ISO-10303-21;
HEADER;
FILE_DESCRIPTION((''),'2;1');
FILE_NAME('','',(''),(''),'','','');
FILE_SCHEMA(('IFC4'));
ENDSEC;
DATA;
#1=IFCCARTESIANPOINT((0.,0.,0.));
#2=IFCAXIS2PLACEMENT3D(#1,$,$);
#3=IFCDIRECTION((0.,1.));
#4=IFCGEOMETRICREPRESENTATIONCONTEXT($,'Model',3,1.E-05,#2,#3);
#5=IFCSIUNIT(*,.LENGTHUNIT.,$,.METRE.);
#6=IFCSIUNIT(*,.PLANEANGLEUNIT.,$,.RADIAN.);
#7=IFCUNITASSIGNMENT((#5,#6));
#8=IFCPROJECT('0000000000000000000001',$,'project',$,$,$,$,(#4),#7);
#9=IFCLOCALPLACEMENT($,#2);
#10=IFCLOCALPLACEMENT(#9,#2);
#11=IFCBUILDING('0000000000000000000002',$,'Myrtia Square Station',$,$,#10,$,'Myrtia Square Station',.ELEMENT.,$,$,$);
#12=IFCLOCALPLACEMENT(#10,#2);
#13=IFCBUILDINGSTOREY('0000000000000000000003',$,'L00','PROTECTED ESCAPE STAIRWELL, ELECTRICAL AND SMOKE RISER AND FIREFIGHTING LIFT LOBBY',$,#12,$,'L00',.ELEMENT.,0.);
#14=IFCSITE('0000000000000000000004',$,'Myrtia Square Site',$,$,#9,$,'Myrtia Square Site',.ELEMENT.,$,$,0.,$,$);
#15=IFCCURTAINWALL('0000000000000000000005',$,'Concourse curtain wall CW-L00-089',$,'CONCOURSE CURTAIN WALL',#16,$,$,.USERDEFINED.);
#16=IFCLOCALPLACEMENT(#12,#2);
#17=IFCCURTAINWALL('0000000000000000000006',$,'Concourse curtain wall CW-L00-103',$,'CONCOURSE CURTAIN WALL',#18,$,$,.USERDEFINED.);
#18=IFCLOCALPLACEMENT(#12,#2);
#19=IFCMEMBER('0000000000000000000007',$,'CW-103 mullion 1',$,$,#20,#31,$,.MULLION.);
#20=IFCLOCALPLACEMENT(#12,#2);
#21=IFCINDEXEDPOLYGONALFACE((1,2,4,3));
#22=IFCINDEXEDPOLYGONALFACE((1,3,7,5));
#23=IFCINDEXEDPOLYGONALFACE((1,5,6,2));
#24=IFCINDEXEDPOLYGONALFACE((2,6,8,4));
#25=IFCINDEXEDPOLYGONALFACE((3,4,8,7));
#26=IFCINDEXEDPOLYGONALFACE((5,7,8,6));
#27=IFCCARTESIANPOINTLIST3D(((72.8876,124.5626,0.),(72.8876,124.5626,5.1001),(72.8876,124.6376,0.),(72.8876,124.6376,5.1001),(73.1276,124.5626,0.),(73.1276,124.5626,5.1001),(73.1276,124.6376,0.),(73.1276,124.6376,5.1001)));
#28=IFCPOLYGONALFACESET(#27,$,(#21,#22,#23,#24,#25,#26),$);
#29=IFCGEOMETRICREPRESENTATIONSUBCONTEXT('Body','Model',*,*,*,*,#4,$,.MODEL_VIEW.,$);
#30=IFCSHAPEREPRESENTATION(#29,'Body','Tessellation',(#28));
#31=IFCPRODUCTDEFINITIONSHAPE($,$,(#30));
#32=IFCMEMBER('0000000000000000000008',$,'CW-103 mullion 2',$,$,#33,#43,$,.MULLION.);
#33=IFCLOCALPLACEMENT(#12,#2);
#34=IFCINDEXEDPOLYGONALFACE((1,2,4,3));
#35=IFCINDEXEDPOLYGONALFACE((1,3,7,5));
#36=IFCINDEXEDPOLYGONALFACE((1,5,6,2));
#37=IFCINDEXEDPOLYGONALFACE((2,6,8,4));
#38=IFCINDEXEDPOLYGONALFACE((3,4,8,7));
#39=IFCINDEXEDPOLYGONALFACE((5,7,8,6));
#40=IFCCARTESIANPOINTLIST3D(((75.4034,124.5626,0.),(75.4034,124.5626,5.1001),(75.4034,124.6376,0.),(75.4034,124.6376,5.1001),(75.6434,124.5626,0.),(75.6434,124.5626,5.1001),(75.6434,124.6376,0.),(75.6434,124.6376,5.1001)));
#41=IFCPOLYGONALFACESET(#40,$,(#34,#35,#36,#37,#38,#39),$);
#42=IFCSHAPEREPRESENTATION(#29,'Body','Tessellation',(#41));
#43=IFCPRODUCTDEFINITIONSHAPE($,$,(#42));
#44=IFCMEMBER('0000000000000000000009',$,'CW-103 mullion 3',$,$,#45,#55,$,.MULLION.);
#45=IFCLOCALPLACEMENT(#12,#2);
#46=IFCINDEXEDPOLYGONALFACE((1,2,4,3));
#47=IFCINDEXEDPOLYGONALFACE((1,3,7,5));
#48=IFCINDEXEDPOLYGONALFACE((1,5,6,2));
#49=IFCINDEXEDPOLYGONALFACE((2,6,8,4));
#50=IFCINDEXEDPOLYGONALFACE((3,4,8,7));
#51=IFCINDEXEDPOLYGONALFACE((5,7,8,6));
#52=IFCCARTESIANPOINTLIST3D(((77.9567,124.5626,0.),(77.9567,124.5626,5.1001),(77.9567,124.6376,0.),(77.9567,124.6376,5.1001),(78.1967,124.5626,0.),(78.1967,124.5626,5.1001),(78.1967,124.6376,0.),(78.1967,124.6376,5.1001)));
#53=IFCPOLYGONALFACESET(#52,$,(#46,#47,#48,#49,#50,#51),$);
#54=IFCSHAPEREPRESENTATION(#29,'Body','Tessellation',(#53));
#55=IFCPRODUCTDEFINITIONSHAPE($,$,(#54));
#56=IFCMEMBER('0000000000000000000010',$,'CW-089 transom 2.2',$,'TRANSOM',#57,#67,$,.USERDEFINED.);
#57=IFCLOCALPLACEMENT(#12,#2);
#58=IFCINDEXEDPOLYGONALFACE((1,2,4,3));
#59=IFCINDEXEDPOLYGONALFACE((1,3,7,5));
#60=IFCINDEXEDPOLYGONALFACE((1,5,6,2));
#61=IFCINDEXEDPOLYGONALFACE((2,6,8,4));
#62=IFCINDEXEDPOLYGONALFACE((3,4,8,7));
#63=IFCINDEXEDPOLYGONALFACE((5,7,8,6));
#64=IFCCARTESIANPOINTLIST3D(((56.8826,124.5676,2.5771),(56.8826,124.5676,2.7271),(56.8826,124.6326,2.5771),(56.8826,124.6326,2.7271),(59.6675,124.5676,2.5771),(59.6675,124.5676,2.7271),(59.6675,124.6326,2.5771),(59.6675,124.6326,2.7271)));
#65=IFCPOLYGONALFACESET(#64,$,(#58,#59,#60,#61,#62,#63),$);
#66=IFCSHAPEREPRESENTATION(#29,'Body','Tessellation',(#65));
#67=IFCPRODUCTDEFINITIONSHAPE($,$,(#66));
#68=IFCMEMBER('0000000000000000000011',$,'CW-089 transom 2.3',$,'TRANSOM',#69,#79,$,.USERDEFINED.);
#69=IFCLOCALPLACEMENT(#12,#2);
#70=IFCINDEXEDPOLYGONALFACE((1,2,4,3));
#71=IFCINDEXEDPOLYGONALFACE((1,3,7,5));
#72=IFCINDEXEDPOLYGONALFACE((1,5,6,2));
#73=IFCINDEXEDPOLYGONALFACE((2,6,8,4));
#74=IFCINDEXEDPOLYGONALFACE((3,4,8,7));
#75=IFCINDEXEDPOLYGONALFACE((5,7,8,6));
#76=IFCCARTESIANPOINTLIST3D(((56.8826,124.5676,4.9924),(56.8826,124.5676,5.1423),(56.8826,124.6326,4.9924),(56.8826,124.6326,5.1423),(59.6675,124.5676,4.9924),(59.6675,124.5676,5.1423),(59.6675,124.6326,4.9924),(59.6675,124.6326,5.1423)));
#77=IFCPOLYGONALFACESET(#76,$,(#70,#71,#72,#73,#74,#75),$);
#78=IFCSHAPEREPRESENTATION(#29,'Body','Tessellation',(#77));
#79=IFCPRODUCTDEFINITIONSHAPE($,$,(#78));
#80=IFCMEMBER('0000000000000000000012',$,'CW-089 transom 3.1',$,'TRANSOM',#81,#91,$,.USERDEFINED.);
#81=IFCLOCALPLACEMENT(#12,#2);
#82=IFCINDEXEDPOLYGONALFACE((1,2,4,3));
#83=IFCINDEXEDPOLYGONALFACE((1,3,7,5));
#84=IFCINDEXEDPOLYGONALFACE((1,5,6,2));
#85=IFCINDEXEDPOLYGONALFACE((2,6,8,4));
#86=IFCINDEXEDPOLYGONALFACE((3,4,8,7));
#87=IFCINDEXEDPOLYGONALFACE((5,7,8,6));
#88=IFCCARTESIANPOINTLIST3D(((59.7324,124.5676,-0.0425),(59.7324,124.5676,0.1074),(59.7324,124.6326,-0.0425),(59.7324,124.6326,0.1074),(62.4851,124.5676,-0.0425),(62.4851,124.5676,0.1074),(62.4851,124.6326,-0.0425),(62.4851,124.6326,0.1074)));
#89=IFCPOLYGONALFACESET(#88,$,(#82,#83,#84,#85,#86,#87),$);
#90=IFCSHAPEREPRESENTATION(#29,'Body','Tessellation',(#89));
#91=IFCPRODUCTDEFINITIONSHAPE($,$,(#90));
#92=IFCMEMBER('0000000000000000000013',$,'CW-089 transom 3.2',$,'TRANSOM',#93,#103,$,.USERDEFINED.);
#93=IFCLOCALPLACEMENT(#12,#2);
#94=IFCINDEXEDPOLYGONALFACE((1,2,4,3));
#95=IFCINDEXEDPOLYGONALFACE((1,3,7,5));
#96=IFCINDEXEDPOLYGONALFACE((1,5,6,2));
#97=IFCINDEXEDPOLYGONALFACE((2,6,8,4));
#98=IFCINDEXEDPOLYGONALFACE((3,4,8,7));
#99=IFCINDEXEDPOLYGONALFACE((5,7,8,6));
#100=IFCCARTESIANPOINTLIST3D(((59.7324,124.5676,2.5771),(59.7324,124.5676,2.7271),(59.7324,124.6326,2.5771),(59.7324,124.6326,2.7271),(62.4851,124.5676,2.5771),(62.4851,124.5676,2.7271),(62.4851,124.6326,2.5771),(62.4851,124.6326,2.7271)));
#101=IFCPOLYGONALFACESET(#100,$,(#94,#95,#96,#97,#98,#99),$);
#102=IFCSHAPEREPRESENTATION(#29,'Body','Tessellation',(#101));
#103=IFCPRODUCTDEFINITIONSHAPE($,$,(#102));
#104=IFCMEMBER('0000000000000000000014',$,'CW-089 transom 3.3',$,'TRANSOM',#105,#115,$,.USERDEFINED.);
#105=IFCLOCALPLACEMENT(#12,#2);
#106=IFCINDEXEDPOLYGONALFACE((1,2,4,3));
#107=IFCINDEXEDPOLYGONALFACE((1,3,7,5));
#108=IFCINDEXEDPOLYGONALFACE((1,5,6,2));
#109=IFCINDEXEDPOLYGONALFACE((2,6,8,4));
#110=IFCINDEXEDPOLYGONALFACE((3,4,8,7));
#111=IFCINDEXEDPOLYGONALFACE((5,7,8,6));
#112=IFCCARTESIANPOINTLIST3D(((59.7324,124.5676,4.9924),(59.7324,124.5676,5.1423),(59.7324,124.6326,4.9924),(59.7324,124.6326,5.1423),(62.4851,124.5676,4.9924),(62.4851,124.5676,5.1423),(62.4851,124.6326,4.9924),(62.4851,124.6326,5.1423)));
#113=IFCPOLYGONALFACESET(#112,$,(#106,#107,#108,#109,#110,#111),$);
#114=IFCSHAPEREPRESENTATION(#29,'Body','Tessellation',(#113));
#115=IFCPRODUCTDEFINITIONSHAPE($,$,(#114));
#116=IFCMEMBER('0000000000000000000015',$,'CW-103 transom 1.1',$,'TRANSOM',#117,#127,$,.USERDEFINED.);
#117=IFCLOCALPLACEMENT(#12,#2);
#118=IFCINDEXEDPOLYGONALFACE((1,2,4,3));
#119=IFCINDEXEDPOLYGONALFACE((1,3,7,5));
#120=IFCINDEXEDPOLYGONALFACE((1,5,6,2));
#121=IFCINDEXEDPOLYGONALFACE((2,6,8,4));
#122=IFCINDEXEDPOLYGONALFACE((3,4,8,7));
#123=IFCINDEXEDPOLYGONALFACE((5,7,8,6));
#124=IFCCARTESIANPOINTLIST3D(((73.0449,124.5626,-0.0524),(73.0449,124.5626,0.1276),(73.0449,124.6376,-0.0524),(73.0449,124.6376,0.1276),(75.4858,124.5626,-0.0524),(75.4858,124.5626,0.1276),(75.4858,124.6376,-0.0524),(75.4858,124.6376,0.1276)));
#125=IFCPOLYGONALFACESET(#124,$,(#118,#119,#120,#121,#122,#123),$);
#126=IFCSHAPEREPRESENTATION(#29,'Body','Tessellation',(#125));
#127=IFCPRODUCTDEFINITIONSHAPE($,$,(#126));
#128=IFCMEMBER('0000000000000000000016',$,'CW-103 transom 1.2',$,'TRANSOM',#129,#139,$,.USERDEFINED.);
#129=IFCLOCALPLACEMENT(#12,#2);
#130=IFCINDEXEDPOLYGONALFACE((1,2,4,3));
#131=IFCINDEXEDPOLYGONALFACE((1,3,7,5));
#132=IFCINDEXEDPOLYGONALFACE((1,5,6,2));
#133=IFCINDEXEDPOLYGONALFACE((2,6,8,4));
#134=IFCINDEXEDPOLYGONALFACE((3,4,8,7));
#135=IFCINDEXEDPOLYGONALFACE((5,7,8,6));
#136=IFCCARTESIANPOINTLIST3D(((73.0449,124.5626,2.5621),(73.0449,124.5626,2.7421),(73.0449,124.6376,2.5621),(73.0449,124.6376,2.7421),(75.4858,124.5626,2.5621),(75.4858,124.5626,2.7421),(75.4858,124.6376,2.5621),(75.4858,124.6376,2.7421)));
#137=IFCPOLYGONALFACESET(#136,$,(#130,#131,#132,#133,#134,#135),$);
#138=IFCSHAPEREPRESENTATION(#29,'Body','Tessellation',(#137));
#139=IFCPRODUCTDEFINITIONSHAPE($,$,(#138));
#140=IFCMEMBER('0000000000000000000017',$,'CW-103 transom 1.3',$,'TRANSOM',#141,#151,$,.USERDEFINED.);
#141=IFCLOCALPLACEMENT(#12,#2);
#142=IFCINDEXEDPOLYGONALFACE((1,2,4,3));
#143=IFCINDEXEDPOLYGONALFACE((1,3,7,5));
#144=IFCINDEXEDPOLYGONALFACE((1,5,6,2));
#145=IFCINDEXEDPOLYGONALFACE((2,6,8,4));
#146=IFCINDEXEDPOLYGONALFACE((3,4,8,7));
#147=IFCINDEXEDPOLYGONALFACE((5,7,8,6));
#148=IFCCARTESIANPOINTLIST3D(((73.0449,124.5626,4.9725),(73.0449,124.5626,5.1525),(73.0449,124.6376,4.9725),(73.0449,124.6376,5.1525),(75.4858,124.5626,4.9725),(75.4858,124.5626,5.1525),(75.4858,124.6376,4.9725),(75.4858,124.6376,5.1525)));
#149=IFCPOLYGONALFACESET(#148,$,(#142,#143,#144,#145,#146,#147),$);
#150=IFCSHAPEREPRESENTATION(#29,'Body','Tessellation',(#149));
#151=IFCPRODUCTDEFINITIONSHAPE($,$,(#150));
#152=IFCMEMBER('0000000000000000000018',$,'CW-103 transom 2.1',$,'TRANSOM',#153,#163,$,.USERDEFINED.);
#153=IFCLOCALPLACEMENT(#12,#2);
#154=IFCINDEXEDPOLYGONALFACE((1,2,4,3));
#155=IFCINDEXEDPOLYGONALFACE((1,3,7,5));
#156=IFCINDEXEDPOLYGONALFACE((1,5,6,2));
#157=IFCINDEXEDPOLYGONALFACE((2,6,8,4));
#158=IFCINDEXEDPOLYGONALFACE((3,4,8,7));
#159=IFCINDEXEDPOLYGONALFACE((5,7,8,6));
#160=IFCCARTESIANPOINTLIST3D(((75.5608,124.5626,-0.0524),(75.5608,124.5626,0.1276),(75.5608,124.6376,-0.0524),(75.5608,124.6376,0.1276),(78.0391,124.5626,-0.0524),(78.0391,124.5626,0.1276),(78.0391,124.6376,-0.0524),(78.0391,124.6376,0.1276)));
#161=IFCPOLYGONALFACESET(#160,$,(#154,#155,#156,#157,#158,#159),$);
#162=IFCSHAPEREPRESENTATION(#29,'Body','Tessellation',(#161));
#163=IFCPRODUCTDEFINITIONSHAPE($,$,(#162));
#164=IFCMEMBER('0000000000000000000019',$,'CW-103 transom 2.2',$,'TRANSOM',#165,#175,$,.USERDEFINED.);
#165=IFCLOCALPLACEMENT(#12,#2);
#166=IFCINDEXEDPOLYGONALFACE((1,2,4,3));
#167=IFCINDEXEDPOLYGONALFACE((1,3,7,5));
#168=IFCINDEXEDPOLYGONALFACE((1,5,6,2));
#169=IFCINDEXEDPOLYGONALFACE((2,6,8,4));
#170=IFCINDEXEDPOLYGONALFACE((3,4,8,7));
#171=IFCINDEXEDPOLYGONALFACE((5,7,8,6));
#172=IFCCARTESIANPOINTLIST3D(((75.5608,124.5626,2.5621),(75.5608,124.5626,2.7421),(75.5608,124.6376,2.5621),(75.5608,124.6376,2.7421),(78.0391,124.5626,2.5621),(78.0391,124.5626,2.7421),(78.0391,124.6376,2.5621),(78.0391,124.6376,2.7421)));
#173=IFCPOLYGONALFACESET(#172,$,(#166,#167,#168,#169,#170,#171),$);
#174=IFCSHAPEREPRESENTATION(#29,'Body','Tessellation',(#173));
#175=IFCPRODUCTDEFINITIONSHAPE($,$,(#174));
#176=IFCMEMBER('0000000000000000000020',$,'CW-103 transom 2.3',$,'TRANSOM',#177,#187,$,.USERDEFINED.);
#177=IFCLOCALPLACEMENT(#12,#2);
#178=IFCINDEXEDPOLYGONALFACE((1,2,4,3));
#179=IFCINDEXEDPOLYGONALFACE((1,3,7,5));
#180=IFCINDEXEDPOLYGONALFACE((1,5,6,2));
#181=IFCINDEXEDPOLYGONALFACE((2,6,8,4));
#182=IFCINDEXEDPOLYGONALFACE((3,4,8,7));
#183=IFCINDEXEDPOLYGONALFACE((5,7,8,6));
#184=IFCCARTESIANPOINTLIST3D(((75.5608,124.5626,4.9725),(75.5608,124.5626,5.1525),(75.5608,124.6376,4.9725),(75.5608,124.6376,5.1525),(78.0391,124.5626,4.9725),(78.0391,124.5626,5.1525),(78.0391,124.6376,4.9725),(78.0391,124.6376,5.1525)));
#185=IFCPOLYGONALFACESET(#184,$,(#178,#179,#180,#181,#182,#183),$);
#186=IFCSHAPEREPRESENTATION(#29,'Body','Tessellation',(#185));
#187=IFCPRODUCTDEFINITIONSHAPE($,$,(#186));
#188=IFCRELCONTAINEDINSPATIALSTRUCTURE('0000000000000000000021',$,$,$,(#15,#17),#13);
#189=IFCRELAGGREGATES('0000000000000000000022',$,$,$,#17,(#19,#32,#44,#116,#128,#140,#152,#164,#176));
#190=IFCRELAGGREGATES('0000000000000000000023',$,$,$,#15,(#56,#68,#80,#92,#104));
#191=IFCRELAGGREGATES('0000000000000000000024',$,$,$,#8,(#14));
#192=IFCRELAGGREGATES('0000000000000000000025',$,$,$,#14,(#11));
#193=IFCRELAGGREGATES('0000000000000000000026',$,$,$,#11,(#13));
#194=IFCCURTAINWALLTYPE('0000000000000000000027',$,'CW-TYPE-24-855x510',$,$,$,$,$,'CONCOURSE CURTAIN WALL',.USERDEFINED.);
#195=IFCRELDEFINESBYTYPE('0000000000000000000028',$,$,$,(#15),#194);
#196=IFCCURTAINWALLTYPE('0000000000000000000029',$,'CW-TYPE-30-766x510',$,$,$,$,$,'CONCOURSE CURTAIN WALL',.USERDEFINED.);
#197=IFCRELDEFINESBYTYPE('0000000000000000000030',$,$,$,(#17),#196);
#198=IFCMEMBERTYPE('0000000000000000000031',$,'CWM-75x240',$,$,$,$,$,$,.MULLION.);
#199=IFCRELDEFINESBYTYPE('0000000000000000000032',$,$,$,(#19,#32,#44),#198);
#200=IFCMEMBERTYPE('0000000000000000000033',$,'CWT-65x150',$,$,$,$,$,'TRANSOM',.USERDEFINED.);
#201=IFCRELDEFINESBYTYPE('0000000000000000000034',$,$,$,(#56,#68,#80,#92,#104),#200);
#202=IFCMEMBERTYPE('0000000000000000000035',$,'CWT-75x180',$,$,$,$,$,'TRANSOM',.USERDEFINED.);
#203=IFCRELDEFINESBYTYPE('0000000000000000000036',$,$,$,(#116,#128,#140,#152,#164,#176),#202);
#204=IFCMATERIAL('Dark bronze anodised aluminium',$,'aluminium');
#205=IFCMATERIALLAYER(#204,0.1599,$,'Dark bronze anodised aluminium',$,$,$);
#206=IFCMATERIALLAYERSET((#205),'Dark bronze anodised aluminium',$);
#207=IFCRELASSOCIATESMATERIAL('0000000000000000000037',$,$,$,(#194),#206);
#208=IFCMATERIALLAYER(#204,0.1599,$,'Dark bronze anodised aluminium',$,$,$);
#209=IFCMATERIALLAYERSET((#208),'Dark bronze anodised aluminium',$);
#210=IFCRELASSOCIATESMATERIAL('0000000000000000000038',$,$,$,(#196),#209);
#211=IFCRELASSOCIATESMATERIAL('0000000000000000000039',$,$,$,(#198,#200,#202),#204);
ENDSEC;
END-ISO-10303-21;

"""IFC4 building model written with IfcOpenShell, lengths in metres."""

from ifc_helpers import new_model, si_unit, direction, frame, origin, origin_2d, place, context, subcontext, project, spatial, rectangle, extrude, material, layer, layer_set, material_profile, profile_set, type_object, element, aggregate, save


model = new_model("IFC4")

# Units and contexts
model_context = context("Model", 3, precision=1e-05, world=origin(), true_north=direction((0.0, 1.0)))
body_context = subcontext(model_context, "Body", "Model", "MODEL_VIEW")
ifc_project = project(units=[si_unit("LENGTHUNIT", "METRE"), si_unit("PLANEANGLEUNIT", "RADIAN")], contexts=[model_context])

# Site, building, storey
site_placement = place(None, origin())
site = spatial("IfcSite", under=ifc_project, at=site_placement, Name="Myrtia Square Site", LongName="Myrtia Square Site", CompositionType="ELEMENT", RefElevation=0.0)
building_placement = place(site_placement, origin())
building = spatial("IfcBuilding", under=site, at=building_placement, Name="Myrtia Square Station", LongName="Myrtia Square Station", CompositionType="ELEMENT")
storey_placement = place(building_placement, origin())
storey = spatial("IfcBuildingStorey", under=building, at=storey_placement, Name="L00", Description="PROTECTED ESCAPE STAIRWELL, ELECTRICAL AND SMOKE RISER AND FIREFIGHTING LIFT LOBBY", LongName="L00", CompositionType="ELEMENT", Elevation=0.0)

# Curtain walls, members
ifc_material_1 = material(Name="Dark bronze anodised aluminium", Category="aluminium")
ifc_layer_1 = layer(ifc_material_1, 0.1599, Name="Dark bronze anodised aluminium")
ifc_layer_set_1 = layer_set([ifc_layer_1], Name="Dark bronze anodised aluminium")
curtain_wall_type_1 = type_object("IfcCurtainWallType", Name="CW-TYPE-24-855x510", ElementType="CONCOURSE CURTAIN WALL", PredefinedType="USERDEFINED", material=ifc_layer_set_1)
curtain_wall_1_placement = place(storey_placement, origin())
curtain_wall_1 = element("IfcCurtainWall", 1, at=curtain_wall_1_placement, inside=storey, type_object=curtain_wall_type_1, Name="Concourse curtain wall CW-L00-089", ObjectType="CONCOURSE CURTAIN WALL", PredefinedType="USERDEFINED")
ifc_layer_2 = layer(ifc_material_1, 0.1599, Name="Dark bronze anodised aluminium")
ifc_layer_set_2 = layer_set([ifc_layer_2], Name="Dark bronze anodised aluminium")
curtain_wall_type_2 = type_object("IfcCurtainWallType", Name="CW-TYPE-30-766x510", ElementType="CONCOURSE CURTAIN WALL", PredefinedType="USERDEFINED", material=ifc_layer_set_2)
curtain_wall_2_placement = place(storey_placement, origin())
curtain_wall_2 = element("IfcCurtainWall", 2, at=curtain_wall_2_placement, inside=storey, type_object=curtain_wall_type_2, Name="Concourse curtain wall CW-L00-103", ObjectType="CONCOURSE CURTAIN WALL", PredefinedType="USERDEFINED")
ifc_material_profile_1 = material_profile(ifc_material_1, rectangle(XDim=0.075, YDim=0.24, at=origin_2d()), Name="ALU-M 75x240")
ifc_profile_set_1 = profile_set([ifc_material_profile_1], Name="Dark bronze anodised aluminium")
member_type_1 = type_object("IfcMemberType", Name="CWM-75x240", PredefinedType="MULLION", material=ifc_profile_set_1)
member_1_placement = place(storey_placement, frame((73.0076, 124.6001, 0.0), z_axis=(0.0, 0.0, 1.0), x_axis=(0.0, 1.0, 0.0)))
member_1 = element("IfcMember", 3, at=member_1_placement, type_object=member_type_1, Name="CW-103 mullion 1", PredefinedType="MULLION", context=body_context, shape_type="SweptSolid", body=[
    extrude(rectangle(XDim=0.075, YDim=0.24, at=origin_2d()), origin(), (0.0, 0.0, 1.0), 5.1001),
])
member_2_placement = place(storey_placement, frame((75.5234, 124.6001, 0.0), z_axis=(0.0, 0.0, 1.0), x_axis=(0.0, 1.0, 0.0)))
member_2 = element("IfcMember", 4, at=member_2_placement, type_object=member_type_1, Name="CW-103 mullion 2", PredefinedType="MULLION", context=body_context, shape_type="SweptSolid", body=[
    extrude(rectangle(XDim=0.075, YDim=0.24, at=origin_2d()), origin(), (0.0, 0.0, 1.0), 5.1001),
])
member_3_placement = place(storey_placement, frame((78.0767, 124.6001, 0.0), z_axis=(0.0, 0.0, 1.0), x_axis=(0.0, 1.0, 0.0)))
member_3 = element("IfcMember", 5, at=member_3_placement, type_object=member_type_1, Name="CW-103 mullion 3", PredefinedType="MULLION", context=body_context, shape_type="SweptSolid", body=[
    extrude(rectangle(XDim=0.075, YDim=0.24, at=origin_2d()), origin(), (0.0, 0.0, 1.0), 5.1001),
])

# Members
ifc_material_profile_2 = material_profile(ifc_material_1, rectangle(XDim=0.0649, YDim=0.1499, at=origin_2d()), Name="ALU-T 65x150")
ifc_profile_set_2 = profile_set([ifc_material_profile_2], Name="Dark bronze anodised aluminium")
member_type_2 = type_object("IfcMemberType", Name="CWT-65x150", ElementType="TRANSOM", PredefinedType="USERDEFINED", material=ifc_profile_set_2)
member_4_placement = place(storey_placement, frame((56.8826, 124.6001, 2.6521), z_axis=(1.0, 0.0, 0.0), x_axis=(0.0, 1.0, 0.0)))
member_4 = element("IfcMember", 6, at=member_4_placement, type_object=member_type_2, Name="CW-089 transom 2.2", ObjectType="TRANSOM", PredefinedType="USERDEFINED", context=body_context, shape_type="SweptSolid", body=[
    extrude(rectangle(XDim=0.0649, YDim=0.1499, at=origin_2d()), origin(), (0.0, 0.0, 1.0), 2.7849),
])
member_5_placement = place(storey_placement, frame((56.8826, 124.6001, 5.0674), z_axis=(1.0, 0.0, 0.0), x_axis=(0.0, 1.0, 0.0)))
member_5 = element("IfcMember", 7, at=member_5_placement, type_object=member_type_2, Name="CW-089 transom 2.3", ObjectType="TRANSOM", PredefinedType="USERDEFINED", context=body_context, shape_type="SweptSolid", body=[
    extrude(rectangle(XDim=0.0649, YDim=0.1499, at=origin_2d()), origin(), (0.0, 0.0, 1.0), 2.7849),
])
member_6_placement = place(storey_placement, frame((59.7324, 124.6001, 0.0325), z_axis=(1.0, 0.0, 0.0), x_axis=(0.0, 1.0, 0.0)))
member_6 = element("IfcMember", 8, at=member_6_placement, type_object=member_type_2, Name="CW-089 transom 3.1", ObjectType="TRANSOM", PredefinedType="USERDEFINED", context=body_context, shape_type="SweptSolid", body=[
    extrude(rectangle(XDim=0.0649, YDim=0.1499, at=origin_2d()), origin(), (0.0, 0.0, 1.0), 2.7527),
])
member_7_placement = place(storey_placement, frame((59.7324, 124.6001, 2.6521), z_axis=(1.0, 0.0, 0.0), x_axis=(0.0, 1.0, 0.0)))
member_7 = element("IfcMember", 9, at=member_7_placement, type_object=member_type_2, Name="CW-089 transom 3.2", ObjectType="TRANSOM", PredefinedType="USERDEFINED", context=body_context, shape_type="SweptSolid", body=[
    extrude(rectangle(XDim=0.0649, YDim=0.1499, at=origin_2d()), origin(), (0.0, 0.0, 1.0), 2.7527),
])
member_8_placement = place(storey_placement, frame((59.7324, 124.6001, 5.0674), z_axis=(1.0, 0.0, 0.0), x_axis=(0.0, 1.0, 0.0)))
member_8 = element("IfcMember", 10, at=member_8_placement, type_object=member_type_2, Name="CW-089 transom 3.3", ObjectType="TRANSOM", PredefinedType="USERDEFINED", context=body_context, shape_type="SweptSolid", body=[
    extrude(rectangle(XDim=0.0649, YDim=0.1499, at=origin_2d()), origin(), (0.0, 0.0, 1.0), 2.7527),
])
ifc_material_profile_3 = material_profile(ifc_material_1, rectangle(XDim=0.075, YDim=0.1799, at=origin_2d()), Name="ALU-T 75x180")
ifc_profile_set_3 = profile_set([ifc_material_profile_3], Name="Dark bronze anodised aluminium")
member_type_3 = type_object("IfcMemberType", Name="CWT-75x180", ElementType="TRANSOM", PredefinedType="USERDEFINED", material=ifc_profile_set_3)
member_9_placement = place(storey_placement, frame((73.0449, 124.6001, 0.0376), z_axis=(1.0, 0.0, 0.0), x_axis=(0.0, 1.0, 0.0)))
member_9 = element("IfcMember", 11, at=member_9_placement, type_object=member_type_3, Name="CW-103 transom 1.1", ObjectType="TRANSOM", PredefinedType="USERDEFINED", context=body_context, shape_type="SweptSolid", body=[
    extrude(rectangle(XDim=0.075, YDim=0.1799, at=origin_2d()), origin(), (0.0, 0.0, 1.0), 2.4409),
])
member_10_placement = place(storey_placement, frame((73.0449, 124.6001, 2.6521), z_axis=(1.0, 0.0, 0.0), x_axis=(0.0, 1.0, 0.0)))
member_10 = element("IfcMember", 12, at=member_10_placement, type_object=member_type_3, Name="CW-103 transom 1.2", ObjectType="TRANSOM", PredefinedType="USERDEFINED", context=body_context, shape_type="SweptSolid", body=[
    extrude(rectangle(XDim=0.075, YDim=0.1799, at=origin_2d()), origin(), (0.0, 0.0, 1.0), 2.4409),
])
member_11_placement = place(storey_placement, frame((73.0449, 124.6001, 5.0625), z_axis=(1.0, 0.0, 0.0), x_axis=(0.0, 1.0, 0.0)))
member_11 = element("IfcMember", 13, at=member_11_placement, type_object=member_type_3, Name="CW-103 transom 1.3", ObjectType="TRANSOM", PredefinedType="USERDEFINED", context=body_context, shape_type="SweptSolid", body=[
    extrude(rectangle(XDim=0.075, YDim=0.1799, at=origin_2d()), origin(), (0.0, 0.0, 1.0), 2.4409),
])
member_12_placement = place(storey_placement, frame((75.5608, 124.6001, 0.0376), z_axis=(1.0, 0.0, 0.0), x_axis=(0.0, 1.0, 0.0)))
member_12 = element("IfcMember", 14, at=member_12_placement, type_object=member_type_3, Name="CW-103 transom 2.1", ObjectType="TRANSOM", PredefinedType="USERDEFINED", context=body_context, shape_type="SweptSolid", body=[
    extrude(rectangle(XDim=0.075, YDim=0.1799, at=origin_2d()), origin(), (0.0, 0.0, 1.0), 2.4783),
])
member_13_placement = place(storey_placement, frame((75.5608, 124.6001, 2.6521), z_axis=(1.0, 0.0, 0.0), x_axis=(0.0, 1.0, 0.0)))
member_13 = element("IfcMember", 15, at=member_13_placement, type_object=member_type_3, Name="CW-103 transom 2.2", ObjectType="TRANSOM", PredefinedType="USERDEFINED", context=body_context, shape_type="SweptSolid", body=[
    extrude(rectangle(XDim=0.075, YDim=0.1799, at=origin_2d()), origin(), (0.0, 0.0, 1.0), 2.4783),
])
member_14_placement = place(storey_placement, frame((75.5608, 124.6001, 5.0625), z_axis=(1.0, 0.0, 0.0), x_axis=(0.0, 1.0, 0.0)))
member_14 = element("IfcMember", 16, at=member_14_placement, type_object=member_type_3, Name="CW-103 transom 2.3", ObjectType="TRANSOM", PredefinedType="USERDEFINED", context=body_context, shape_type="SweptSolid", body=[
    extrude(rectangle(XDim=0.075, YDim=0.1799, at=origin_2d()), origin(), (0.0, 0.0, 1.0), 2.4783),
])

aggregate(curtain_wall_2, [member_1, member_2, member_3, member_9, member_10, member_11, member_12, member_13, member_14])
aggregate(curtain_wall_1, [member_4, member_5, member_6, member_7, member_8])

save(model, "model.ifc")
